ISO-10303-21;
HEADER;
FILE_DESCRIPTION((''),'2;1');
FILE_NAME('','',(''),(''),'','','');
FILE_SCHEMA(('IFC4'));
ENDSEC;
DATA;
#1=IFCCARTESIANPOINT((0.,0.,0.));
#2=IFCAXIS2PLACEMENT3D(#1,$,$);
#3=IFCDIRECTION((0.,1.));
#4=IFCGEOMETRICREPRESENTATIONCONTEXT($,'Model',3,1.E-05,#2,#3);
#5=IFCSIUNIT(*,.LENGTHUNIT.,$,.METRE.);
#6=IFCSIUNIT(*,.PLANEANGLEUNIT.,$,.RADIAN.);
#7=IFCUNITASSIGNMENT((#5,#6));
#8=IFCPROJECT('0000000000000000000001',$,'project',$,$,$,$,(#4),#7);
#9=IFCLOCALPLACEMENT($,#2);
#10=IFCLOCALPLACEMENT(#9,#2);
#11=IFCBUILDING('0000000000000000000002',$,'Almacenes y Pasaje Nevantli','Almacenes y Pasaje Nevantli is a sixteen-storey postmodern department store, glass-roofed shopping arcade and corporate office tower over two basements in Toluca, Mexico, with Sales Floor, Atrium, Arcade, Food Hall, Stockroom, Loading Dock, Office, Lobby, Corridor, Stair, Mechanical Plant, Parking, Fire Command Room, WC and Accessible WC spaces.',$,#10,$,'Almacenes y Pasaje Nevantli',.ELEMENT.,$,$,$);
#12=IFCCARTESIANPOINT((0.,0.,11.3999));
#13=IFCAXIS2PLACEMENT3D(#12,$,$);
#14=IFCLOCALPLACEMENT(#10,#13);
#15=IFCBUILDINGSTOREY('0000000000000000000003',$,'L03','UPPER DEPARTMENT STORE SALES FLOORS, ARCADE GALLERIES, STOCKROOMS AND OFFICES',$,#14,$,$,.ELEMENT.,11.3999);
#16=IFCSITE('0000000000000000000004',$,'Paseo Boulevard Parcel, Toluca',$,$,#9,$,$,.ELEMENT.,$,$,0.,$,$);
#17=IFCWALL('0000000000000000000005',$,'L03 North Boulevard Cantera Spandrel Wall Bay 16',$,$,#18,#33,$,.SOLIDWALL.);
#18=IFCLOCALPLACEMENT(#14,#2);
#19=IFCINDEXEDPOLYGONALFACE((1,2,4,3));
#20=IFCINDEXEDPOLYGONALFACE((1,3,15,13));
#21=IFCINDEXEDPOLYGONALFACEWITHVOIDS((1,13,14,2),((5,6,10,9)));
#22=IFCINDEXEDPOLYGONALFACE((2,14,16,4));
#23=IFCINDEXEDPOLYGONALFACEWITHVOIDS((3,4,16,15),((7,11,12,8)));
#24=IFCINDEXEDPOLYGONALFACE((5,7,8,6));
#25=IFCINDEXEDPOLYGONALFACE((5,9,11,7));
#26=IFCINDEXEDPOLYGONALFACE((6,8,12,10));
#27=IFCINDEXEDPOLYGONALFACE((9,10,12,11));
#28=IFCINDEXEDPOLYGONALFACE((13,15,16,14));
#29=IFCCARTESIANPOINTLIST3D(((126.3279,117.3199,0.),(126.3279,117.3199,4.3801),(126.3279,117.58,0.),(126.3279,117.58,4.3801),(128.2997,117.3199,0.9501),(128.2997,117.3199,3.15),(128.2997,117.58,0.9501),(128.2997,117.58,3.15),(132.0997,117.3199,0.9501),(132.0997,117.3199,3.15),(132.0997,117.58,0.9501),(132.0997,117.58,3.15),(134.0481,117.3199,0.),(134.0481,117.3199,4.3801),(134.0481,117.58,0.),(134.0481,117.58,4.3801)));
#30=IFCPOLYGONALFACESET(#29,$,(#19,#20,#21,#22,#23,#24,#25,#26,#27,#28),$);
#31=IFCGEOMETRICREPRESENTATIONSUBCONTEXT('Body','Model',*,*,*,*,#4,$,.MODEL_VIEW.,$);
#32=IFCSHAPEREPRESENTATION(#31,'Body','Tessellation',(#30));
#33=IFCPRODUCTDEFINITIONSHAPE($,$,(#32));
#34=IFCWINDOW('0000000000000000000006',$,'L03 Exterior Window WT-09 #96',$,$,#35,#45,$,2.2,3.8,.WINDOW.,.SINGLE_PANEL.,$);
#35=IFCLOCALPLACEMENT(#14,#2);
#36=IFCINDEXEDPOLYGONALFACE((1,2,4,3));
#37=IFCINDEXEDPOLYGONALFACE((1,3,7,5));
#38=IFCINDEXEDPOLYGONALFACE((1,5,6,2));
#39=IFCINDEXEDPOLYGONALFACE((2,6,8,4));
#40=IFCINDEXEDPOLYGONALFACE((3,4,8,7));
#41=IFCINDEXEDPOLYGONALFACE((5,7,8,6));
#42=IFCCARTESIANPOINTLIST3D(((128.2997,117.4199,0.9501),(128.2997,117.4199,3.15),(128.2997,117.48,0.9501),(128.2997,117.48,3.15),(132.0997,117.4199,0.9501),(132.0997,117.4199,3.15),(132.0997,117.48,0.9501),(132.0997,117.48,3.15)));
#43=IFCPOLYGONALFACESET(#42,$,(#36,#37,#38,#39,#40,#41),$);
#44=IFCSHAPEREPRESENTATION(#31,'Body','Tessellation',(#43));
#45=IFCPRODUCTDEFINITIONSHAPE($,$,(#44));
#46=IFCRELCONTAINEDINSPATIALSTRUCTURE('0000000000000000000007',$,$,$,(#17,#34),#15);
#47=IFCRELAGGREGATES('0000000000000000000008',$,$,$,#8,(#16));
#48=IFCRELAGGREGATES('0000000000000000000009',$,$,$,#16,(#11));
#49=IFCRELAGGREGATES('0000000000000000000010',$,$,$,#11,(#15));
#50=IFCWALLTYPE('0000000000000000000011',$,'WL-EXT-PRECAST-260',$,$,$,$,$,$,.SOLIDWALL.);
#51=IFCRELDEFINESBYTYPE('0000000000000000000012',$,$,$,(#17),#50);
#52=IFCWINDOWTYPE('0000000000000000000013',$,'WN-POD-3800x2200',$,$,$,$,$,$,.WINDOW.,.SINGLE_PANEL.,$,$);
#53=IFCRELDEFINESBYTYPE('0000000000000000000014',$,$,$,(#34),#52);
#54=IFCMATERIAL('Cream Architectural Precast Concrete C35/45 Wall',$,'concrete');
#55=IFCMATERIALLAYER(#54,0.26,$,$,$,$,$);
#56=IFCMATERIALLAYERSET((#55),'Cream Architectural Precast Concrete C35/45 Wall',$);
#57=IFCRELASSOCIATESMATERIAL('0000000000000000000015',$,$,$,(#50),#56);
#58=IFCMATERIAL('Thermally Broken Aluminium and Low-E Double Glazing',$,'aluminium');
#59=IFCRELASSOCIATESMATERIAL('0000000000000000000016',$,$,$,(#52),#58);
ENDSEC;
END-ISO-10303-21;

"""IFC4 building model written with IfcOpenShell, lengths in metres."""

from ifc_helpers import new_model, si_unit, direction, frame, frame_2d, origin, place, context, subcontext, project, spatial, rectangle, extrude, material, layer, layer_set, type_object, element, fill, save


model = new_model("IFC4")

# Units and contexts
model_context = context("Model", 3, precision=1e-05, world=origin(), true_north=direction((0.0, 1.0)))
body_context = subcontext(model_context, "Body", "Model", "MODEL_VIEW")
ifc_project = project(units=[si_unit("LENGTHUNIT", "METRE"), si_unit("PLANEANGLEUNIT", "RADIAN")], contexts=[model_context])

# Site, building, storey
site_placement = place(None, origin())
site = spatial("IfcSite", under=ifc_project, at=site_placement, Name="Paseo Boulevard Parcel, Toluca", CompositionType="ELEMENT", RefElevation=0.0)
building_placement = place(site_placement, origin())
building = spatial("IfcBuilding", under=site, at=building_placement, Name="Almacenes y Pasaje Nevantli", Description="Almacenes y Pasaje Nevantli is a sixteen-storey postmodern department store, glass-roofed shopping arcade and corporate office tower over two basements in Toluca, Mexico, with Sales Floor, Atrium, Arcade, Food Hall, Stockroom, Loading Dock, Office, Lobby, Corridor, Stair, Mechanical Plant, Parking, Fire Command Room, WC and Accessible WC spaces.", LongName="Almacenes y Pasaje Nevantli", CompositionType="ELEMENT")
storey_placement = place(building_placement, frame((0.0, 0.0, 11.3999)))
storey = spatial("IfcBuildingStorey", under=building, at=storey_placement, Name="L03", Description="UPPER DEPARTMENT STORE SALES FLOORS, ARCADE GALLERIES, STOCKROOMS AND OFFICES", CompositionType="ELEMENT", Elevation=11.3999)

# Wall, opening, window
ifc_material_1 = material(Name="Cream Architectural Precast Concrete C35/45 Wall", Category="concrete")
ifc_layer_1 = layer(ifc_material_1, 0.26)
ifc_layer_set_1 = layer_set([ifc_layer_1], Name="Cream Architectural Precast Concrete C35/45 Wall")
wall_type = type_object("IfcWallType", Name="WL-EXT-PRECAST-260", PredefinedType="SOLIDWALL", material=ifc_layer_set_1)
wall_placement = place(storey_placement, frame((126.3279, 117.45, 0.0), z_axis=(0.0, 0.0, 1.0), x_axis=(1.0, 0.0, 0.0)))
wall = element("IfcWall", 1, at=wall_placement, inside=storey, type_object=wall_type, Name="L03 North Boulevard Cantera Spandrel Wall Bay 16", PredefinedType="SOLIDWALL", context=body_context, shape_type="SweptSolid", body=[
    extrude(rectangle(XDim=7.7202, YDim=0.26, at=frame_2d((3.8601, 0.0))), origin(), (0.0, 0.0, 1.0), 4.3801),
])
opening_placement = place(wall_placement, frame((1.9719, 0.0, 0.95)))
opening = element("IfcOpeningElement", 2, at=opening_placement, cuts=wall, PredefinedType="OPENING", context=body_context, shape_type="SweptSolid", body=[
    extrude(rectangle(XDim=3.8, YDim=2.2, at=frame_2d((1.8999, 1.1001))), frame((0.0, 0.1399, 0.0), z_axis=(0.0, -1.0, 0.0), x_axis=(1.0, 0.0, 0.0)), (0.0, 0.0, 1.0), 0.28),
])
ifc_material_2 = material(Name="Thermally Broken Aluminium and Low-E Double Glazing", Category="aluminium")
window_type = type_object("IfcWindowType", Name="WN-POD-3800x2200", PartitioningType="SINGLE_PANEL", PredefinedType="WINDOW", material=ifc_material_2)
window_placement = place(opening_placement, origin())
window = element("IfcWindow", 3, at=window_placement, inside=storey, type_object=window_type, Name="L03 Exterior Window WT-09 #96", OverallHeight=2.2, OverallWidth=3.8, PartitioningType="SINGLE_PANEL", PredefinedType="WINDOW", context=body_context, shape_type="SweptSolid", body=[
    extrude(rectangle(XDim=3.8, YDim=2.2, at=frame_2d((1.8999, 1.1001))), frame((0.0, 0.03, 0.0), z_axis=(0.0, -1.0, 0.0), x_axis=(1.0, 0.0, 0.0)), (0.0, 0.0, 1.0), 0.0601),
])
fill(opening, window)

save(model, "model.ifc")
